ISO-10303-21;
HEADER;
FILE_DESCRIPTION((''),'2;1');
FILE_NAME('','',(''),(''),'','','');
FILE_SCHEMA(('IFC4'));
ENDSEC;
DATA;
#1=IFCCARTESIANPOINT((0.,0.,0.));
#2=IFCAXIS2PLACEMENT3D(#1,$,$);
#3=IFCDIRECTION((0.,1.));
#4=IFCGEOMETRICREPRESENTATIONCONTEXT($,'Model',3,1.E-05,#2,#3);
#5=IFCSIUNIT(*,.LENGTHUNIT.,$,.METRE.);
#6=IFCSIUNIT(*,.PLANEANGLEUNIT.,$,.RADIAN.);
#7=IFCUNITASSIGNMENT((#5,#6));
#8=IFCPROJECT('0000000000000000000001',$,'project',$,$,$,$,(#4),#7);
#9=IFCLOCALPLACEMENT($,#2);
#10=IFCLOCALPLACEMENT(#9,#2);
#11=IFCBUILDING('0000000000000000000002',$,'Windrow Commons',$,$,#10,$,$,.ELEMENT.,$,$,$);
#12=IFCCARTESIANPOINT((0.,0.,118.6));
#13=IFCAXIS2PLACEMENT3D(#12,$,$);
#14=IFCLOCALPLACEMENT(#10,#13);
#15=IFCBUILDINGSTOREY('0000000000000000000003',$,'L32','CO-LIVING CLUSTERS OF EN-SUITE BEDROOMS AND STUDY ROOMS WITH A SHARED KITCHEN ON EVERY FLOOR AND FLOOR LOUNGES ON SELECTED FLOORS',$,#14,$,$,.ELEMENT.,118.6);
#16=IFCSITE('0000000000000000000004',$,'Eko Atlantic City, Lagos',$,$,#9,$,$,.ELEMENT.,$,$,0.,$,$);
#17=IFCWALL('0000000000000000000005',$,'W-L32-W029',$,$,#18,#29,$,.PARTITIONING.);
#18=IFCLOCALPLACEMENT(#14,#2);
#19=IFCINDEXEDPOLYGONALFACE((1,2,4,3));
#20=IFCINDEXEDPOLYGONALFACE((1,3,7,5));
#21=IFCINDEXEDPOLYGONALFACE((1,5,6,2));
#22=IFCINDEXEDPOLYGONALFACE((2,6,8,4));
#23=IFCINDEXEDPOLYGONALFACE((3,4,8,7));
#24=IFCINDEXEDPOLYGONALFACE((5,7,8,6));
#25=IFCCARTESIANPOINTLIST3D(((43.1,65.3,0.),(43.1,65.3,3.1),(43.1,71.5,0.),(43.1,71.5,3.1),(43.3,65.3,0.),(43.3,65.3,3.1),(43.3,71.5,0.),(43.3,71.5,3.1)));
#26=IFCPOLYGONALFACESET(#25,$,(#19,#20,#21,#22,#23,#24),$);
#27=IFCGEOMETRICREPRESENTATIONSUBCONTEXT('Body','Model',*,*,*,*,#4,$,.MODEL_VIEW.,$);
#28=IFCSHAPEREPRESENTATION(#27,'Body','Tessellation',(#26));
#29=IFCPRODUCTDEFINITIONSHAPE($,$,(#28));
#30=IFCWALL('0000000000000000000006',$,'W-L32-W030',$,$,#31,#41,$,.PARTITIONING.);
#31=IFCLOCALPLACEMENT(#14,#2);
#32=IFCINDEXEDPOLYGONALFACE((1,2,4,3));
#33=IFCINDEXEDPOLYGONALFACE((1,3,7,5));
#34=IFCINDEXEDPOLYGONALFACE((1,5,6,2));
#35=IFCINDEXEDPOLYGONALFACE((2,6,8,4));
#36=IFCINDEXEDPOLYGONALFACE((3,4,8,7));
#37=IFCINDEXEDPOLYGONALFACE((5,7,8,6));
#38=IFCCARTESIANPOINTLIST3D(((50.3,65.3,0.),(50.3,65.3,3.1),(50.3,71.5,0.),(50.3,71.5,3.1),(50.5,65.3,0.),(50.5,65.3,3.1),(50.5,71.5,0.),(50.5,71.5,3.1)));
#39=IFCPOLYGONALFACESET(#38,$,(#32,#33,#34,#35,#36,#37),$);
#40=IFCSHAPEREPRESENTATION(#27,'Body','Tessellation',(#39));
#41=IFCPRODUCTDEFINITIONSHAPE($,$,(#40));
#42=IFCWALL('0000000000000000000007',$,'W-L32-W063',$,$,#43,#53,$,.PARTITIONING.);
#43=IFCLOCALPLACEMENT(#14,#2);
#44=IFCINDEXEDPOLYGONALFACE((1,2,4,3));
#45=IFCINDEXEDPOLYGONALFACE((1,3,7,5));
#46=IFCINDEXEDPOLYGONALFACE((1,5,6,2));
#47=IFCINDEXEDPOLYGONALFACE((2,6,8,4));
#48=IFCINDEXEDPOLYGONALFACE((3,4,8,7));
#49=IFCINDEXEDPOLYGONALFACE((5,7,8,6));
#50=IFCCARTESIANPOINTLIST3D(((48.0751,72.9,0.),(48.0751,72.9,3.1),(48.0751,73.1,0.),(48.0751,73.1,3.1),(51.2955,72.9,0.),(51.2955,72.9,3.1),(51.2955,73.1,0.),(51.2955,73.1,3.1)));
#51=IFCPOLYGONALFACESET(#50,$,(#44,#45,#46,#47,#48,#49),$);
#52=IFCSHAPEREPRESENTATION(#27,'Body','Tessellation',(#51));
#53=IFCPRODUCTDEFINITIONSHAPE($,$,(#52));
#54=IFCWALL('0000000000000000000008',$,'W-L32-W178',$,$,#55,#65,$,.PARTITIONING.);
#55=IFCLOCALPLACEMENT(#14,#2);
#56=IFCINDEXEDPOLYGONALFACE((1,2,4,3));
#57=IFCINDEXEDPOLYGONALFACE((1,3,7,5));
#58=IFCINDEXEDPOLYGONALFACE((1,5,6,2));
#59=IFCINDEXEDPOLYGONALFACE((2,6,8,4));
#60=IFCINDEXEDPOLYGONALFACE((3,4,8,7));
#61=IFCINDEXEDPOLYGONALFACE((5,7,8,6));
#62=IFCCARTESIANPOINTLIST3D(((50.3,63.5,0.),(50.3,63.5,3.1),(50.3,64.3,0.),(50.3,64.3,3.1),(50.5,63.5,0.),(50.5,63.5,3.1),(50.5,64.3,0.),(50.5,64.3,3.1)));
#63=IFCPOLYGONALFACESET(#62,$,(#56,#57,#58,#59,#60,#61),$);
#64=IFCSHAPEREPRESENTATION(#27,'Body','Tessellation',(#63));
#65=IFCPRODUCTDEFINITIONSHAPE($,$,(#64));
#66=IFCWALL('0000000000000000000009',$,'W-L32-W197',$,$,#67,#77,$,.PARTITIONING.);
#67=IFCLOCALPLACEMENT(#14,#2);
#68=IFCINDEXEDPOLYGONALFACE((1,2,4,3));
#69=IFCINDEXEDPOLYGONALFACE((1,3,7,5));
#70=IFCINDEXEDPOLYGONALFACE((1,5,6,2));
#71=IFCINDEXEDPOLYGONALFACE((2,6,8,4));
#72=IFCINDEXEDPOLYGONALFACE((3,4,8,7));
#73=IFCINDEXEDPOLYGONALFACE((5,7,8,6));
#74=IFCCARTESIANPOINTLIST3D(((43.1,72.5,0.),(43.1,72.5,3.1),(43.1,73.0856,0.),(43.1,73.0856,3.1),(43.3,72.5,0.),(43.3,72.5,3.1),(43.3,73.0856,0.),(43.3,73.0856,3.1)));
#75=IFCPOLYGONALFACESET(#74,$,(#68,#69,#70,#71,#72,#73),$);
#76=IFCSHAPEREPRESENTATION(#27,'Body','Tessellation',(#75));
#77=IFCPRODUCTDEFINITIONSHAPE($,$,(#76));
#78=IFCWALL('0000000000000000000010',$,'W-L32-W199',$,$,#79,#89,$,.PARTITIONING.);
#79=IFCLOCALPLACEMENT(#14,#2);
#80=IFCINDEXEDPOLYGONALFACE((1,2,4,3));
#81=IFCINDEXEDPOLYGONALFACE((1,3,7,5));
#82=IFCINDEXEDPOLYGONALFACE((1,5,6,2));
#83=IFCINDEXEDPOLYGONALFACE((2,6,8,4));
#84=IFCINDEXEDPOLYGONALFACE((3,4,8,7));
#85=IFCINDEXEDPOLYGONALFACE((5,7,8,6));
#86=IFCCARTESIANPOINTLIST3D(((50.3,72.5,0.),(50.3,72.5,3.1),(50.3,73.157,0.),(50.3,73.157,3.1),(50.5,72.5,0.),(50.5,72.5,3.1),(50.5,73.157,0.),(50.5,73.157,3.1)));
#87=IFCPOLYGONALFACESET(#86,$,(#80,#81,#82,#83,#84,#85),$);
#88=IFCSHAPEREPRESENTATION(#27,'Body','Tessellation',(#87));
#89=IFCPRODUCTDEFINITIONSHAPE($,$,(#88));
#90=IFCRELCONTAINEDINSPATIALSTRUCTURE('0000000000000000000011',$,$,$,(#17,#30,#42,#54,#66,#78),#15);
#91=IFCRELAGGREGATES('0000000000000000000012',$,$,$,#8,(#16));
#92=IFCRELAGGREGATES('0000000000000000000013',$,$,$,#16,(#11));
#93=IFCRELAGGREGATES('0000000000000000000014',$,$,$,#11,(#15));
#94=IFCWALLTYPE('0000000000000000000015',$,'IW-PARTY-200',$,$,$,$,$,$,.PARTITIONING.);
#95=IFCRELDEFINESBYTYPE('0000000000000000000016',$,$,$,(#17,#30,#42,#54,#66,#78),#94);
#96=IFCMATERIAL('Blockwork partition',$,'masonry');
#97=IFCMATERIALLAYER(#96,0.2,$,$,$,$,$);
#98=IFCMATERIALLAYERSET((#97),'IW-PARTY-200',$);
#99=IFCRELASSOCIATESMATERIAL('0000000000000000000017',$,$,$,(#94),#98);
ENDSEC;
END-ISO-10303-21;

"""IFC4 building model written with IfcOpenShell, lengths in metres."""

from ifc_helpers import new_model, si_unit, direction, frame, frame_2d, origin, place, context, subcontext, project, spatial, rectangle, extrude, material, layer, layer_set, type_object, element, save


model = new_model("IFC4")

# Units and contexts
model_context = context("Model", 3, precision=1e-05, world=origin(), true_north=direction((0.0, 1.0)))
body_context = subcontext(model_context, "Body", "Model", "MODEL_VIEW")
ifc_project = project(units=[si_unit("LENGTHUNIT", "METRE"), si_unit("PLANEANGLEUNIT", "RADIAN")], contexts=[model_context])

# Site, building, storey
site_placement = place(None, origin())
site = spatial("IfcSite", under=ifc_project, at=site_placement, Name="Eko Atlantic City, Lagos", CompositionType="ELEMENT", RefElevation=0.0)
building_placement = place(site_placement, origin())
building = spatial("IfcBuilding", under=site, at=building_placement, Name="Windrow Commons", CompositionType="ELEMENT")
storey_placement = place(building_placement, frame((0.0, 0.0, 118.6)))
storey = spatial("IfcBuildingStorey", under=building, at=storey_placement, Name="L32", Description="CO-LIVING CLUSTERS OF EN-SUITE BEDROOMS AND STUDY ROOMS WITH A SHARED KITCHEN ON EVERY FLOOR AND FLOOR LOUNGES ON SELECTED FLOORS", CompositionType="ELEMENT", Elevation=118.6)

# Walls
ifc_material_1 = material(Name="Blockwork partition", Category="masonry")
ifc_layer_1 = layer(ifc_material_1, 0.2)
ifc_layer_set_1 = layer_set([ifc_layer_1], Name="IW-PARTY-200")
wall_type_1 = type_object("IfcWallType", Name="IW-PARTY-200", PredefinedType="PARTITIONING", material=ifc_layer_set_1)
for number, where, z_axis, x_axis, name in (
    (1, (43.2, 65.3, 0.0), (0.0, 0.0, 1.0), (0.0, 1.0, 0.0), "W-L32-W029"),
    (2, (50.4, 65.3, 0.0), (0.0, 0.0, 1.0), (0.0, 1.0, 0.0), "W-L32-W030"),
):
    element("IfcWall", number, at=place(storey_placement, frame(where, z_axis=z_axis, x_axis=x_axis)), inside=storey, type_object=wall_type_1, Name=name, PredefinedType="PARTITIONING", context=body_context, shape_type="SweptSolid", body=[
        extrude(rectangle(XDim=6.2, YDim=0.2, at=frame_2d((3.1, 0.0))), origin(), (0.0, 0.0, 1.0), 3.1),
    ])
wall_1_placement = place(storey_placement, frame((48.0751, 73.0, 0.0), z_axis=(0.0, 0.0, 1.0), x_axis=(1.0, 0.0, 0.0)))
element("IfcWall", 3, at=wall_1_placement, inside=storey, type_object=wall_type_1, Name="W-L32-W063", PredefinedType="PARTITIONING", context=body_context, shape_type="SweptSolid", body=[
    extrude(rectangle(XDim=3.2204, YDim=0.2, at=frame_2d((1.6102, 0.0))), origin(), (0.0, 0.0, 1.0), 3.1),
])
wall_2_placement = place(storey_placement, frame((50.4, 63.5, 0.0), z_axis=(0.0, 0.0, 1.0), x_axis=(0.0, 1.0, 0.0)))
element("IfcWall", 4, at=wall_2_placement, inside=storey, type_object=wall_type_1, Name="W-L32-W178", PredefinedType="PARTITIONING", context=body_context, shape_type="SweptSolid", body=[
    extrude(rectangle(XDim=0.8, YDim=0.2, at=frame_2d((0.4, 0.0))), origin(), (0.0, 0.0, 1.0), 3.1),
])
wall_3_placement = place(storey_placement, frame((43.2, 72.5, 0.0), z_axis=(0.0, 0.0, 1.0), x_axis=(0.0, 1.0, 0.0)))
element("IfcWall", 5, at=wall_3_placement, inside=storey, type_object=wall_type_1, Name="W-L32-W197", PredefinedType="PARTITIONING", context=body_context, shape_type="SweptSolid", body=[
    extrude(rectangle(XDim=0.5856, YDim=0.2, at=frame_2d((0.2928, 0.0))), origin(), (0.0, 0.0, 1.0), 3.1),
])
wall_4_placement = place(storey_placement, frame((50.4, 72.5, 0.0), z_axis=(0.0, 0.0, 1.0), x_axis=(0.0, 1.0, 0.0)))
element("IfcWall", 6, at=wall_4_placement, inside=storey, type_object=wall_type_1, Name="W-L32-W199", PredefinedType="PARTITIONING", context=body_context, shape_type="SweptSolid", body=[
    extrude(rectangle(XDim=0.6569, YDim=0.2, at=frame_2d((0.3285, 0.0))), origin(), (0.0, 0.0, 1.0), 3.1),
])

save(model, "model.ifc")
